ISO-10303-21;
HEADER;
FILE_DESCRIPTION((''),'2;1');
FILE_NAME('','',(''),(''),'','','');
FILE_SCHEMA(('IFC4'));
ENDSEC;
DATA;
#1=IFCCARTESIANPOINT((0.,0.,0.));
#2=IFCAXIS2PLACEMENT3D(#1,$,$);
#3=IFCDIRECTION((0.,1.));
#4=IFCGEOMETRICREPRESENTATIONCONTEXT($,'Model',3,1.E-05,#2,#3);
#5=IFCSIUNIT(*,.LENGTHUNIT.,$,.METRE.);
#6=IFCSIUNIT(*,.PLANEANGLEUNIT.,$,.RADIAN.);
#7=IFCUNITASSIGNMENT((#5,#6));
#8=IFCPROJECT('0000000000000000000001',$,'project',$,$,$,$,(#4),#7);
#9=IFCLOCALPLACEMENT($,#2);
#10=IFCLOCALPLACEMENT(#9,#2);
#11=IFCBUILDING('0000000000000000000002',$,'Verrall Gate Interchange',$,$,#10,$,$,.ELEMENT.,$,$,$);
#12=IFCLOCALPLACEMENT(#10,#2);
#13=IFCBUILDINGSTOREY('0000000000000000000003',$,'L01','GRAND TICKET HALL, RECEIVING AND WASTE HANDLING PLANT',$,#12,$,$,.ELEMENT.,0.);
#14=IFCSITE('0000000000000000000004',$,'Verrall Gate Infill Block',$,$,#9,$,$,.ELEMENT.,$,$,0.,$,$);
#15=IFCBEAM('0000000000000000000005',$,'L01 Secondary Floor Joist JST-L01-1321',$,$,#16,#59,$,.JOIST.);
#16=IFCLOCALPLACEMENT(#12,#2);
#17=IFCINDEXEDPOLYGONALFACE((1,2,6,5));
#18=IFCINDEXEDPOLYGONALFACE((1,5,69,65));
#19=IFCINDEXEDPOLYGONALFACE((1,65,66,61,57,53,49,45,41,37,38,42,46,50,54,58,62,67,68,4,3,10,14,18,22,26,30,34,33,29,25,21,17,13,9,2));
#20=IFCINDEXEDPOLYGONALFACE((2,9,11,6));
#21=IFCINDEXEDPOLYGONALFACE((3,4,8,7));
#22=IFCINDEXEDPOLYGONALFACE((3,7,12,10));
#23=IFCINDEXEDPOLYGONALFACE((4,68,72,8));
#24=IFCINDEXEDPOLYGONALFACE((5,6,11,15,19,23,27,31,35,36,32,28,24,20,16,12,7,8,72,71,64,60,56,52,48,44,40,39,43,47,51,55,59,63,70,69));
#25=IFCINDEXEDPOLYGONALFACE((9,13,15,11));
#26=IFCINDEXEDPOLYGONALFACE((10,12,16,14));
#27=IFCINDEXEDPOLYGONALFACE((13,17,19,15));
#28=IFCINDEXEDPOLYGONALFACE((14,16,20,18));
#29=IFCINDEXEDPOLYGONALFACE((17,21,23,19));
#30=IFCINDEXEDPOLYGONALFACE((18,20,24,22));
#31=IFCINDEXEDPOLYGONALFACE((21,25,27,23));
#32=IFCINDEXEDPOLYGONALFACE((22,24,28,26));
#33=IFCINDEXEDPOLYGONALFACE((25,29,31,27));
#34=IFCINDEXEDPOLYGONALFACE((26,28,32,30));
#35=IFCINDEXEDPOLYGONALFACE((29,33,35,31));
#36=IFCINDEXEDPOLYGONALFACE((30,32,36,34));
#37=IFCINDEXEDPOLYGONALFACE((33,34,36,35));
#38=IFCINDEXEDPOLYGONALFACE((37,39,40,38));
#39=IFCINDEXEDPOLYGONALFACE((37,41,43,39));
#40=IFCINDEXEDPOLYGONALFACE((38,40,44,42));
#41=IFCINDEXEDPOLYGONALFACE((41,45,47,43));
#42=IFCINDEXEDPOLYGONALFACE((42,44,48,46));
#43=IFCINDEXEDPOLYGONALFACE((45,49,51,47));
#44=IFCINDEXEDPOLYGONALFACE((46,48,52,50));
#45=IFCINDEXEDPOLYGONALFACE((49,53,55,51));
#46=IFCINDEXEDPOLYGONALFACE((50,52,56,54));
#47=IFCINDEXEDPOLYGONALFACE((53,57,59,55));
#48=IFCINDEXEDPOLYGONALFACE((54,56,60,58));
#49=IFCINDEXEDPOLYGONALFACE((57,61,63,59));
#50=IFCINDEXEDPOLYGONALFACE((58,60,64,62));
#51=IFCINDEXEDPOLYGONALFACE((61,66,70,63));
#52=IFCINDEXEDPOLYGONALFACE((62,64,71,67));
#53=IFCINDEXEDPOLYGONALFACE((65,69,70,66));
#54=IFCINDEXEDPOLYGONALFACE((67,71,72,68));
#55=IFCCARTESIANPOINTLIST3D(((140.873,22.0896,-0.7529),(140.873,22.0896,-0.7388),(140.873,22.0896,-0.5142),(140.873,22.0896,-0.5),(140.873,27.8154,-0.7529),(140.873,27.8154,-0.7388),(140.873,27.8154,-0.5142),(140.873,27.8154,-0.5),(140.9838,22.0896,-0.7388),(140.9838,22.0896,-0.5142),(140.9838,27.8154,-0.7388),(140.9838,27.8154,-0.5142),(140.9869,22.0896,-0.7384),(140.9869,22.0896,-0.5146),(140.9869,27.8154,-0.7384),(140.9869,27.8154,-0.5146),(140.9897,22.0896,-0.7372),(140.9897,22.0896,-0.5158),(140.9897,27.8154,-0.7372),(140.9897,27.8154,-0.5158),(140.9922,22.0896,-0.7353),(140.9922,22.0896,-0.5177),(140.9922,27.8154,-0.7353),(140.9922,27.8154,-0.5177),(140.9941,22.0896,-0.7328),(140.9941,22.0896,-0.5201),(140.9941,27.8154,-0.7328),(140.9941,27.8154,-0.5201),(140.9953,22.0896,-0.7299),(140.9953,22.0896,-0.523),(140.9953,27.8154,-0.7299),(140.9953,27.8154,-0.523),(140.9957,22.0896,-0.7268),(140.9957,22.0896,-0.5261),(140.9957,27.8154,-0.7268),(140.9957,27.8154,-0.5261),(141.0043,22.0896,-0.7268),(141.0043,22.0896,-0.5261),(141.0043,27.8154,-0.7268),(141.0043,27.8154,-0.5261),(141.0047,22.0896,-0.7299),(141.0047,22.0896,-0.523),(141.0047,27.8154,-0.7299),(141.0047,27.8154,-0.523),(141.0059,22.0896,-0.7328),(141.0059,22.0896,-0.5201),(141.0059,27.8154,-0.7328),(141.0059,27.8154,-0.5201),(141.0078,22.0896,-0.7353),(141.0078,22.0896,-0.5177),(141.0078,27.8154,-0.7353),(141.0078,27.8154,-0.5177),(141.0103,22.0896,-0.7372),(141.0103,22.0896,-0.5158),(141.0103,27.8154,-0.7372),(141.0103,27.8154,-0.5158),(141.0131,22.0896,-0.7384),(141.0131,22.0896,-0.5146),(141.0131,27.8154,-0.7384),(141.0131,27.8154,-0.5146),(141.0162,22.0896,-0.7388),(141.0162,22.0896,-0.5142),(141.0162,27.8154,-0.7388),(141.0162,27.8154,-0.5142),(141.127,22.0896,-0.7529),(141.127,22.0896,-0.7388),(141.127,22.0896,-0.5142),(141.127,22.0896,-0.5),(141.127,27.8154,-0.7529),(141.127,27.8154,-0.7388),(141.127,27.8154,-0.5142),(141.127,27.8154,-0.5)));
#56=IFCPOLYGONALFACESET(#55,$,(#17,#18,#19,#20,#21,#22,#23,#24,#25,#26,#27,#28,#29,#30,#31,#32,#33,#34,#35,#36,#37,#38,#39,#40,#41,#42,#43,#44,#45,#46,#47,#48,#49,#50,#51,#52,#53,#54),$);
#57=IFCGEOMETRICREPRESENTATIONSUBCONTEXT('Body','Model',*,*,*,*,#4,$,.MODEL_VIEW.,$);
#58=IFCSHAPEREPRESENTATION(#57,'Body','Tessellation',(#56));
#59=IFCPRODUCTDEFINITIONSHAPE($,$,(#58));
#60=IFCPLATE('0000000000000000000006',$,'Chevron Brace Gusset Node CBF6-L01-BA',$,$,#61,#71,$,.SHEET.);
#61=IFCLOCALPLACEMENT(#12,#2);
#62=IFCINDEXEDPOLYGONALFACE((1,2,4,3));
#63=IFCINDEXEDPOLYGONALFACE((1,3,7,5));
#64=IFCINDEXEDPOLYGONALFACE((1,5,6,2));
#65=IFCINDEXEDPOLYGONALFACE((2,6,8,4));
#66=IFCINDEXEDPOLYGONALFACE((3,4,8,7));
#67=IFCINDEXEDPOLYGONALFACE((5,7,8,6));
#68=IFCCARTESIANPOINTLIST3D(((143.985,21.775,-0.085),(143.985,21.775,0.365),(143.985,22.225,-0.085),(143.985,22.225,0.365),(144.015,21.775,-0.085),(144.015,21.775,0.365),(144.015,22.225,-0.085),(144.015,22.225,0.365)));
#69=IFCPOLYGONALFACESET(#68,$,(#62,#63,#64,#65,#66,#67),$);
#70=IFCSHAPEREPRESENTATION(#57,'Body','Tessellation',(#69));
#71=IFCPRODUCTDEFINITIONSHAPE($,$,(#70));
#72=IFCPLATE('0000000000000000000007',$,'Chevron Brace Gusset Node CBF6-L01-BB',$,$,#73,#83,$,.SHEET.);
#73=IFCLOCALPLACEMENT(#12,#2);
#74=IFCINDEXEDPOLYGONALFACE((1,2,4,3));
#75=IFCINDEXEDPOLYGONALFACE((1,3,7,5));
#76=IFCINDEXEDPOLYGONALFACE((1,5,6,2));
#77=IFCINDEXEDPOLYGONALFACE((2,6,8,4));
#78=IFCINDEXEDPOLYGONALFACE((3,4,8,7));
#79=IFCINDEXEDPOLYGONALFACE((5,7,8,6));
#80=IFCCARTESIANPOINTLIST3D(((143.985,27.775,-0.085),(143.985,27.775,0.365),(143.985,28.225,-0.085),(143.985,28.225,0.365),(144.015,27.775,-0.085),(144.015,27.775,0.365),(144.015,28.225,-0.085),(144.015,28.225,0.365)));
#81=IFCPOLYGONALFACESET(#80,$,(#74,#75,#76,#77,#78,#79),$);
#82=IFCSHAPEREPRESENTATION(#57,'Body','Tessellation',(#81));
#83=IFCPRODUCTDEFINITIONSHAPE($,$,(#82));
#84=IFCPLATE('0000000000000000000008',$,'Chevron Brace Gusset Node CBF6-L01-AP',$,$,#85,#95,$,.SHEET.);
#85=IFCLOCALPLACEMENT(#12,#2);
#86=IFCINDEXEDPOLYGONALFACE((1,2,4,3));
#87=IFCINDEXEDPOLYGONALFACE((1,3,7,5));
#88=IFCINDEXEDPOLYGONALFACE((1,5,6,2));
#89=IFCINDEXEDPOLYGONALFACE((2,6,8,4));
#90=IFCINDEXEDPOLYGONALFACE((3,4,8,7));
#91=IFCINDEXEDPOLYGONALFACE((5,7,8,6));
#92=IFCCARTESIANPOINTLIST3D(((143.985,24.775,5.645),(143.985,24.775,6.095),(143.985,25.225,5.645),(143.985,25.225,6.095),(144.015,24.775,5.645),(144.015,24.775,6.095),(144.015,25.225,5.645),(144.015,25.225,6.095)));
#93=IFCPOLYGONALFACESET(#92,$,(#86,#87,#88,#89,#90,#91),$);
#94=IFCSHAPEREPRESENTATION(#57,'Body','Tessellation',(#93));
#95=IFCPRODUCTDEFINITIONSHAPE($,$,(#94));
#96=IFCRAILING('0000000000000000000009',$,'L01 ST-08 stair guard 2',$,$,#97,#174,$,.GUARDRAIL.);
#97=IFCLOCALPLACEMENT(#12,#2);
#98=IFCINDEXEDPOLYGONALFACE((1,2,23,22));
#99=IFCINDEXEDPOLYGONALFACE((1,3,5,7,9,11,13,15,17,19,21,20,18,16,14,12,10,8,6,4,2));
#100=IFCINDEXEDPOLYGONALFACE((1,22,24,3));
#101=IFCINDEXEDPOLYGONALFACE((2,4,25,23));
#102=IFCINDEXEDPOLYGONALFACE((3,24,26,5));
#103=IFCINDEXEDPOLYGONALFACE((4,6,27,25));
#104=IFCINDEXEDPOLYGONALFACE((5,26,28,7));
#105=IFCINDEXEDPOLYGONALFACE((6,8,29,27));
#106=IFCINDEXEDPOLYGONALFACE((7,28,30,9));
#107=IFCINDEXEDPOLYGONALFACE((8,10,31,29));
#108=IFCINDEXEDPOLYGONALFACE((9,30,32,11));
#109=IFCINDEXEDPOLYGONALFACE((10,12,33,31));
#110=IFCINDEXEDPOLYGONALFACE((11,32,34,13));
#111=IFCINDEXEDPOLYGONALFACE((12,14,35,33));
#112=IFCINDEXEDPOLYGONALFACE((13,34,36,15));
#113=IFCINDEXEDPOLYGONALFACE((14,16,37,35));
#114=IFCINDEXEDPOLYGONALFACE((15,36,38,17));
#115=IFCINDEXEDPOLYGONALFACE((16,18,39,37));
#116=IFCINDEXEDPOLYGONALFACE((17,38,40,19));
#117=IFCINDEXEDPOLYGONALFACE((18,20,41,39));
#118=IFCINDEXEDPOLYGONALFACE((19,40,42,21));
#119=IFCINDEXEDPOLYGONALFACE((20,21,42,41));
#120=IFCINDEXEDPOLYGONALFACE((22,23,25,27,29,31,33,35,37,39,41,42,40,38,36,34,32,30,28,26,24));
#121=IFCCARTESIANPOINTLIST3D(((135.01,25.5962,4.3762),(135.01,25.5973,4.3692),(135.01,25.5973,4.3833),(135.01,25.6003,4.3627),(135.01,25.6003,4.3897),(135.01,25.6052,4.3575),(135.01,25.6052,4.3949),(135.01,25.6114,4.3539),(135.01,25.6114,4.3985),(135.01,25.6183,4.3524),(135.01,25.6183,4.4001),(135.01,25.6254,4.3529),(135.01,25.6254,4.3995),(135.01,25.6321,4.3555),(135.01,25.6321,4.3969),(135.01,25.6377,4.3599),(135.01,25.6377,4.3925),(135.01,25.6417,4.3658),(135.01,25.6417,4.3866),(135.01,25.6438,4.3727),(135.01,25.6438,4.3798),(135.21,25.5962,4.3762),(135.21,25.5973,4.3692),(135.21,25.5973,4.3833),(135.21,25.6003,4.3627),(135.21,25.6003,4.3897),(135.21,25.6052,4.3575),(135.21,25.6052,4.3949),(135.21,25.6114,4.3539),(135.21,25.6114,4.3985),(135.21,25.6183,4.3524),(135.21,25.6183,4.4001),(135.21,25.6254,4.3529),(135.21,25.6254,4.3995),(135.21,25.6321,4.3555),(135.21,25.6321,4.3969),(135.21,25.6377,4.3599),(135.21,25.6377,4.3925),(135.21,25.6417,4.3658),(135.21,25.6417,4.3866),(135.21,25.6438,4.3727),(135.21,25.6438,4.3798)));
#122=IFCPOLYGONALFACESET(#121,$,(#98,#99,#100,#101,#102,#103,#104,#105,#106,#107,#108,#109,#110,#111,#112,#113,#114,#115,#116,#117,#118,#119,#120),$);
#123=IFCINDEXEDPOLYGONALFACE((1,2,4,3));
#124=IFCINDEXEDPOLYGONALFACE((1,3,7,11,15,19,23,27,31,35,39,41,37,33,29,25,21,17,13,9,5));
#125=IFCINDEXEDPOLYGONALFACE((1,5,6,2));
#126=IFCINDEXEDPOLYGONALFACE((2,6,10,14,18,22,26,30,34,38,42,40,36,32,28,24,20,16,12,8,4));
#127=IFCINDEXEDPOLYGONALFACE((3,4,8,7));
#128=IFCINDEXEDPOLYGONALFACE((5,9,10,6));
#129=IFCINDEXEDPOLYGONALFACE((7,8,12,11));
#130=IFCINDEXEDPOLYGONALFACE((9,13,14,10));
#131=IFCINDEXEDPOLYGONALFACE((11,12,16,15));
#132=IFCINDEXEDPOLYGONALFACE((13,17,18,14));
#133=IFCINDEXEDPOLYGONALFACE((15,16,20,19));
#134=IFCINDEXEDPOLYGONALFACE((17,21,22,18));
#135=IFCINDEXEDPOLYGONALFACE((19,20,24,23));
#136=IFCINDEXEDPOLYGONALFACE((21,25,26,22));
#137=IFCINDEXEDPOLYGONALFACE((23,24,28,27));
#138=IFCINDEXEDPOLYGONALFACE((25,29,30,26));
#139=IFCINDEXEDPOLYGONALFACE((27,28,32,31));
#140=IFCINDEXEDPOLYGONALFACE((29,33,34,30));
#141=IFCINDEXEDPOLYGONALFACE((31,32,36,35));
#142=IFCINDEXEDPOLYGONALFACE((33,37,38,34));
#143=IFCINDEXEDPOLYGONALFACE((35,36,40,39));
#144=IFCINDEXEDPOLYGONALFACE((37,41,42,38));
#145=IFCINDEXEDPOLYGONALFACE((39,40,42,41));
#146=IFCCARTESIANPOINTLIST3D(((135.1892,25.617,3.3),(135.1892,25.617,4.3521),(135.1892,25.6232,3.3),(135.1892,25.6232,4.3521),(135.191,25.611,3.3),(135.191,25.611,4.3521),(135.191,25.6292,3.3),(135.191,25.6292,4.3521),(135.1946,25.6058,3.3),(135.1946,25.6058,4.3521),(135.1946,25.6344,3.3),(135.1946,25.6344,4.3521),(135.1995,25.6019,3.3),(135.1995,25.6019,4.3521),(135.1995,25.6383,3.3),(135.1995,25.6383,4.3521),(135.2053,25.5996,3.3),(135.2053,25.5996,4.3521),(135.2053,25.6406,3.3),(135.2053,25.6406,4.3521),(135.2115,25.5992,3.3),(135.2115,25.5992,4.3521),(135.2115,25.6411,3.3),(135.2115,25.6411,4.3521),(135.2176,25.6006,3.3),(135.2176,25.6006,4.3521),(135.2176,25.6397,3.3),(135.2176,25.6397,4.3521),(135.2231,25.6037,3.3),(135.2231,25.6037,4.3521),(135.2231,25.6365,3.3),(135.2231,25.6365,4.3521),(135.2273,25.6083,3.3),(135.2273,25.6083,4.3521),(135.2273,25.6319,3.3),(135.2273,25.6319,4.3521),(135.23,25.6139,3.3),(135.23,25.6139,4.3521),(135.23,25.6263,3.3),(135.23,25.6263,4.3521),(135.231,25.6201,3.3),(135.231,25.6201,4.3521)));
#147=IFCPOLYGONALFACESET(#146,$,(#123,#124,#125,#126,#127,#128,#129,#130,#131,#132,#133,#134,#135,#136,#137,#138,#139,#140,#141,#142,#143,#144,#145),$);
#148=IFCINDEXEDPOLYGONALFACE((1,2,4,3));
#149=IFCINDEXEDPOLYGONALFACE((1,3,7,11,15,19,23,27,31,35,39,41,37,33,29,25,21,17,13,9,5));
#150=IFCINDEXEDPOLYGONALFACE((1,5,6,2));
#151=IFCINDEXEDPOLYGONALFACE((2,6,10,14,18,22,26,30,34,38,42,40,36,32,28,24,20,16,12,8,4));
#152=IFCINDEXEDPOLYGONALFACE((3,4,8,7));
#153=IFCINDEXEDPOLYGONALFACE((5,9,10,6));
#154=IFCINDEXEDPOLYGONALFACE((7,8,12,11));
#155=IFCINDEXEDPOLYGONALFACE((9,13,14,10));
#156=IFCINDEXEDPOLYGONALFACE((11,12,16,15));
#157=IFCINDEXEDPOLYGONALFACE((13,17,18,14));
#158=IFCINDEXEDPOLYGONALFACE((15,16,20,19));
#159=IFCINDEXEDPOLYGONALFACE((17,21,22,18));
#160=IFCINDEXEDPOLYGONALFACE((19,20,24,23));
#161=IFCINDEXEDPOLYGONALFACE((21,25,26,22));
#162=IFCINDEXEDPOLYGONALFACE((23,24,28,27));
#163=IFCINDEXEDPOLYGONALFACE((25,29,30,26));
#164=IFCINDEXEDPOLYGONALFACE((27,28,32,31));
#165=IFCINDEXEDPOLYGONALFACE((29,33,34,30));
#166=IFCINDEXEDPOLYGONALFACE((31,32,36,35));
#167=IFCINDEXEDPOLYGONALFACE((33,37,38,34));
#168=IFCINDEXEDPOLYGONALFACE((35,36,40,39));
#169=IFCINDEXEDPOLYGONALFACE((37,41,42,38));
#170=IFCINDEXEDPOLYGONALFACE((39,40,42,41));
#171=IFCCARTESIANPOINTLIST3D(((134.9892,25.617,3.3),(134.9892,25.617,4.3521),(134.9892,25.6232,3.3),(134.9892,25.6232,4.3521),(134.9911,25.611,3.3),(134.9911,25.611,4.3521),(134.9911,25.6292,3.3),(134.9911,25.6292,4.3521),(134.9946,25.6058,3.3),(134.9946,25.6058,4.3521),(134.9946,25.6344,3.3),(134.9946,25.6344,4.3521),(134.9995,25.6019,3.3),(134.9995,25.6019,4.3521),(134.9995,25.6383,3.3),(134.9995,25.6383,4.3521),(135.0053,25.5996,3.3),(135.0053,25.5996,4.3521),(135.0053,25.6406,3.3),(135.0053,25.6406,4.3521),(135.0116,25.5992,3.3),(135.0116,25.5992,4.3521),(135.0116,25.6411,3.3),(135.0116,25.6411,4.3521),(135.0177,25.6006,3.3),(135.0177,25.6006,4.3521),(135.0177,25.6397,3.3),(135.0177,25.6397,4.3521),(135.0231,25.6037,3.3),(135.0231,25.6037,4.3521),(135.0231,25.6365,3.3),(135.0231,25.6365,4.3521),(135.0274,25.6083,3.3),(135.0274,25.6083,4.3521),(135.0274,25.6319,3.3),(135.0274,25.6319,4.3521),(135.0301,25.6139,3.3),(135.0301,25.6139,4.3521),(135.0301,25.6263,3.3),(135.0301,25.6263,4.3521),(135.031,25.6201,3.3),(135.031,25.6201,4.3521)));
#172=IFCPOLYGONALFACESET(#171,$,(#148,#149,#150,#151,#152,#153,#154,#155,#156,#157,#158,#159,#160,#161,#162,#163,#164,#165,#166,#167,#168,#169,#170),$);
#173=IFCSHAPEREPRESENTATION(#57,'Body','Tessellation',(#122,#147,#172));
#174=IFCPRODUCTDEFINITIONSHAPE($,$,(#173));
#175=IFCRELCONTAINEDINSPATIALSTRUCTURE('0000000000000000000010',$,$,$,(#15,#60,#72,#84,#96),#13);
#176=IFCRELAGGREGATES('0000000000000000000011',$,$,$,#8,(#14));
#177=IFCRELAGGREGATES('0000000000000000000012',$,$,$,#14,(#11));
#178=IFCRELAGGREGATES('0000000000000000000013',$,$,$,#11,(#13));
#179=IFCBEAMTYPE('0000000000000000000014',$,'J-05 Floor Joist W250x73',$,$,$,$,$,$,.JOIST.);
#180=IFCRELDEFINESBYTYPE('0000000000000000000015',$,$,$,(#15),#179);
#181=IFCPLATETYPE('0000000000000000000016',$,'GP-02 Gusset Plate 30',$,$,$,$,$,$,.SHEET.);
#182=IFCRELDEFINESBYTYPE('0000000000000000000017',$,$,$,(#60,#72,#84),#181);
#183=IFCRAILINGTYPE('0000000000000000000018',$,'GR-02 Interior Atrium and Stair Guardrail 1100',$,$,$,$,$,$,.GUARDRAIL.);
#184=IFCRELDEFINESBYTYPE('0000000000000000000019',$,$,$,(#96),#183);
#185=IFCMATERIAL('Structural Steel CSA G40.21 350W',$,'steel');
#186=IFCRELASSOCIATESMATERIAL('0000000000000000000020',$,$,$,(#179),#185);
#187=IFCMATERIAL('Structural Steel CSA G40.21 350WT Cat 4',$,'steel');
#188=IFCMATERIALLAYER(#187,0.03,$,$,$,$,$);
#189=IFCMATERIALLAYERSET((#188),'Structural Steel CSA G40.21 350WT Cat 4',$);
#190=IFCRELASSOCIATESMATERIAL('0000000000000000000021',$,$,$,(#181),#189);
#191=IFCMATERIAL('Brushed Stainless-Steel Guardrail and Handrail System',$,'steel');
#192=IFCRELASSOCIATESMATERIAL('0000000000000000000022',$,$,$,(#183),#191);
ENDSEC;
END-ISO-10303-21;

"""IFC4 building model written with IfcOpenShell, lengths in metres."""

from ifc_helpers import new_model, si_unit, direction, frame, origin, origin_2d, place, context, subcontext, project, spatial, rectangle, circle, i_section, extrude, material, layer, layer_set, material_profile, profile_set, type_object, element, save


model = new_model("IFC4")

# Units and contexts
model_context = context("Model", 3, precision=1e-05, world=origin(), true_north=direction((0.0, 1.0)))
body_context = subcontext(model_context, "Body", "Model", "MODEL_VIEW")
ifc_project = project(units=[si_unit("LENGTHUNIT", "METRE"), si_unit("PLANEANGLEUNIT", "RADIAN")], contexts=[model_context])

# Site, building, storey
site_placement = place(None, origin())
site = spatial("IfcSite", under=ifc_project, at=site_placement, Name="Verrall Gate Infill Block", CompositionType="ELEMENT", RefElevation=0.0)
building_placement = place(site_placement, origin())
building = spatial("IfcBuilding", under=site, at=building_placement, Name="Verrall Gate Interchange", CompositionType="ELEMENT")
storey_placement = place(building_placement, origin())
storey = spatial("IfcBuildingStorey", under=building, at=storey_placement, Name="L01", Description="GRAND TICKET HALL, RECEIVING AND WASTE HANDLING PLANT", CompositionType="ELEMENT", Elevation=0.0)

# Beam
ifc_material_1 = material(Name="Structural Steel CSA G40.21 350W", Category="steel")
ifc_material_profile_1 = material_profile(ifc_material_1, i_section(OverallWidth=0.2539, OverallDepth=0.2529, WebThickness=0.0085, FlangeThickness=0.0142, FilletRadius=0.012, at=origin_2d()), Name="W250x73")
ifc_profile_set_1 = profile_set([ifc_material_profile_1], Name="Structural Steel CSA G40.21 350W")
beam_type_1 = type_object("IfcBeamType", Name="J-05 Floor Joist W250x73", PredefinedType="JOIST", material=ifc_profile_set_1)
beam_1_placement = place(storey_placement, frame((141.0, 22.0896, -0.6265), z_axis=(0.0, 1.0, 0.0), x_axis=(-1.0, 0.0, 0.0)))
element("IfcBeam", 1, at=beam_1_placement, inside=storey, type_object=beam_type_1, Name="L01 Secondary Floor Joist JST-L01-1321", PredefinedType="JOIST", context=body_context, shape_type="SweptSolid", body=[
    extrude(i_section(OverallWidth=0.2539, OverallDepth=0.2529, WebThickness=0.0085, FlangeThickness=0.0142, FilletRadius=0.012, at=origin_2d()), origin(), (0.0, 0.0, 1.0), 5.7258),
])

# Plates
ifc_material_2 = material(Name="Structural Steel CSA G40.21 350WT Cat 4", Category="steel")
ifc_layer_1 = layer(ifc_material_2, 0.03)
ifc_layer_set_1 = layer_set([ifc_layer_1], Name="Structural Steel CSA G40.21 350WT Cat 4")
plate_type = type_object("IfcPlateType", Name="GP-02 Gusset Plate 30", PredefinedType="SHEET", material=ifc_layer_set_1)
for number, where, z_axis, x_axis, name in (
    (2, (144.0, 22.0, -0.085), (0.0, 0.0, 1.0), (1.0, 0.0, 0.0), "Chevron Brace Gusset Node CBF6-L01-BA"),
    (3, (144.0, 28.0, -0.085), (0.0, 0.0, 1.0), (1.0, 0.0, 0.0), "Chevron Brace Gusset Node CBF6-L01-BB"),
    (4, (144.0, 25.0, 5.645), (0.0, 0.0, 1.0), (1.0, 0.0, 0.0), "Chevron Brace Gusset Node CBF6-L01-AP"),
):
    element("IfcPlate", number, at=place(storey_placement, frame(where, z_axis=z_axis, x_axis=x_axis)), inside=storey, type_object=plate_type, Name=name, PredefinedType="SHEET", context=body_context, shape_type="SweptSolid", body=[
        extrude(rectangle(XDim=0.03, YDim=0.45, at=origin_2d()), origin(), (0.0, 0.0, 1.0), 0.45),
    ])

# Railing
ifc_material_3 = material(Name="Brushed Stainless-Steel Guardrail and Handrail System", Category="steel")
railing_type = type_object("IfcRailingType", Name="GR-02 Interior Atrium and Stair Guardrail 1100", PredefinedType="GUARDRAIL", material=ifc_material_3)
railing_placement = place(storey_placement, frame((135.21, 25.6201, 3.3)))
element("IfcRailing", 5, at=railing_placement, inside=storey, type_object=railing_type, Name="L01 ST-08 stair guard 2", PredefinedType="GUARDRAIL", context=body_context, shape_type="SweptSolid", body=[
    extrude(circle(Radius=0.0239, at=origin_2d()), frame((0.0, 0.0, 1.0762), z_axis=(-1.0, 0.0, 0.0), x_axis=(0.0, -1.0, 0.0)), (0.0, 0.0, 1.0), 0.2),
    extrude(circle(Radius=0.021, at=origin_2d()), origin(), (0.0, 0.0, 1.0), 1.052),
    extrude(circle(Radius=0.021, at=origin_2d()), frame((-0.2, 0.0, 0.0)), (0.0, 0.0, 1.0), 1.052),
])

save(model, "model.ifc")
